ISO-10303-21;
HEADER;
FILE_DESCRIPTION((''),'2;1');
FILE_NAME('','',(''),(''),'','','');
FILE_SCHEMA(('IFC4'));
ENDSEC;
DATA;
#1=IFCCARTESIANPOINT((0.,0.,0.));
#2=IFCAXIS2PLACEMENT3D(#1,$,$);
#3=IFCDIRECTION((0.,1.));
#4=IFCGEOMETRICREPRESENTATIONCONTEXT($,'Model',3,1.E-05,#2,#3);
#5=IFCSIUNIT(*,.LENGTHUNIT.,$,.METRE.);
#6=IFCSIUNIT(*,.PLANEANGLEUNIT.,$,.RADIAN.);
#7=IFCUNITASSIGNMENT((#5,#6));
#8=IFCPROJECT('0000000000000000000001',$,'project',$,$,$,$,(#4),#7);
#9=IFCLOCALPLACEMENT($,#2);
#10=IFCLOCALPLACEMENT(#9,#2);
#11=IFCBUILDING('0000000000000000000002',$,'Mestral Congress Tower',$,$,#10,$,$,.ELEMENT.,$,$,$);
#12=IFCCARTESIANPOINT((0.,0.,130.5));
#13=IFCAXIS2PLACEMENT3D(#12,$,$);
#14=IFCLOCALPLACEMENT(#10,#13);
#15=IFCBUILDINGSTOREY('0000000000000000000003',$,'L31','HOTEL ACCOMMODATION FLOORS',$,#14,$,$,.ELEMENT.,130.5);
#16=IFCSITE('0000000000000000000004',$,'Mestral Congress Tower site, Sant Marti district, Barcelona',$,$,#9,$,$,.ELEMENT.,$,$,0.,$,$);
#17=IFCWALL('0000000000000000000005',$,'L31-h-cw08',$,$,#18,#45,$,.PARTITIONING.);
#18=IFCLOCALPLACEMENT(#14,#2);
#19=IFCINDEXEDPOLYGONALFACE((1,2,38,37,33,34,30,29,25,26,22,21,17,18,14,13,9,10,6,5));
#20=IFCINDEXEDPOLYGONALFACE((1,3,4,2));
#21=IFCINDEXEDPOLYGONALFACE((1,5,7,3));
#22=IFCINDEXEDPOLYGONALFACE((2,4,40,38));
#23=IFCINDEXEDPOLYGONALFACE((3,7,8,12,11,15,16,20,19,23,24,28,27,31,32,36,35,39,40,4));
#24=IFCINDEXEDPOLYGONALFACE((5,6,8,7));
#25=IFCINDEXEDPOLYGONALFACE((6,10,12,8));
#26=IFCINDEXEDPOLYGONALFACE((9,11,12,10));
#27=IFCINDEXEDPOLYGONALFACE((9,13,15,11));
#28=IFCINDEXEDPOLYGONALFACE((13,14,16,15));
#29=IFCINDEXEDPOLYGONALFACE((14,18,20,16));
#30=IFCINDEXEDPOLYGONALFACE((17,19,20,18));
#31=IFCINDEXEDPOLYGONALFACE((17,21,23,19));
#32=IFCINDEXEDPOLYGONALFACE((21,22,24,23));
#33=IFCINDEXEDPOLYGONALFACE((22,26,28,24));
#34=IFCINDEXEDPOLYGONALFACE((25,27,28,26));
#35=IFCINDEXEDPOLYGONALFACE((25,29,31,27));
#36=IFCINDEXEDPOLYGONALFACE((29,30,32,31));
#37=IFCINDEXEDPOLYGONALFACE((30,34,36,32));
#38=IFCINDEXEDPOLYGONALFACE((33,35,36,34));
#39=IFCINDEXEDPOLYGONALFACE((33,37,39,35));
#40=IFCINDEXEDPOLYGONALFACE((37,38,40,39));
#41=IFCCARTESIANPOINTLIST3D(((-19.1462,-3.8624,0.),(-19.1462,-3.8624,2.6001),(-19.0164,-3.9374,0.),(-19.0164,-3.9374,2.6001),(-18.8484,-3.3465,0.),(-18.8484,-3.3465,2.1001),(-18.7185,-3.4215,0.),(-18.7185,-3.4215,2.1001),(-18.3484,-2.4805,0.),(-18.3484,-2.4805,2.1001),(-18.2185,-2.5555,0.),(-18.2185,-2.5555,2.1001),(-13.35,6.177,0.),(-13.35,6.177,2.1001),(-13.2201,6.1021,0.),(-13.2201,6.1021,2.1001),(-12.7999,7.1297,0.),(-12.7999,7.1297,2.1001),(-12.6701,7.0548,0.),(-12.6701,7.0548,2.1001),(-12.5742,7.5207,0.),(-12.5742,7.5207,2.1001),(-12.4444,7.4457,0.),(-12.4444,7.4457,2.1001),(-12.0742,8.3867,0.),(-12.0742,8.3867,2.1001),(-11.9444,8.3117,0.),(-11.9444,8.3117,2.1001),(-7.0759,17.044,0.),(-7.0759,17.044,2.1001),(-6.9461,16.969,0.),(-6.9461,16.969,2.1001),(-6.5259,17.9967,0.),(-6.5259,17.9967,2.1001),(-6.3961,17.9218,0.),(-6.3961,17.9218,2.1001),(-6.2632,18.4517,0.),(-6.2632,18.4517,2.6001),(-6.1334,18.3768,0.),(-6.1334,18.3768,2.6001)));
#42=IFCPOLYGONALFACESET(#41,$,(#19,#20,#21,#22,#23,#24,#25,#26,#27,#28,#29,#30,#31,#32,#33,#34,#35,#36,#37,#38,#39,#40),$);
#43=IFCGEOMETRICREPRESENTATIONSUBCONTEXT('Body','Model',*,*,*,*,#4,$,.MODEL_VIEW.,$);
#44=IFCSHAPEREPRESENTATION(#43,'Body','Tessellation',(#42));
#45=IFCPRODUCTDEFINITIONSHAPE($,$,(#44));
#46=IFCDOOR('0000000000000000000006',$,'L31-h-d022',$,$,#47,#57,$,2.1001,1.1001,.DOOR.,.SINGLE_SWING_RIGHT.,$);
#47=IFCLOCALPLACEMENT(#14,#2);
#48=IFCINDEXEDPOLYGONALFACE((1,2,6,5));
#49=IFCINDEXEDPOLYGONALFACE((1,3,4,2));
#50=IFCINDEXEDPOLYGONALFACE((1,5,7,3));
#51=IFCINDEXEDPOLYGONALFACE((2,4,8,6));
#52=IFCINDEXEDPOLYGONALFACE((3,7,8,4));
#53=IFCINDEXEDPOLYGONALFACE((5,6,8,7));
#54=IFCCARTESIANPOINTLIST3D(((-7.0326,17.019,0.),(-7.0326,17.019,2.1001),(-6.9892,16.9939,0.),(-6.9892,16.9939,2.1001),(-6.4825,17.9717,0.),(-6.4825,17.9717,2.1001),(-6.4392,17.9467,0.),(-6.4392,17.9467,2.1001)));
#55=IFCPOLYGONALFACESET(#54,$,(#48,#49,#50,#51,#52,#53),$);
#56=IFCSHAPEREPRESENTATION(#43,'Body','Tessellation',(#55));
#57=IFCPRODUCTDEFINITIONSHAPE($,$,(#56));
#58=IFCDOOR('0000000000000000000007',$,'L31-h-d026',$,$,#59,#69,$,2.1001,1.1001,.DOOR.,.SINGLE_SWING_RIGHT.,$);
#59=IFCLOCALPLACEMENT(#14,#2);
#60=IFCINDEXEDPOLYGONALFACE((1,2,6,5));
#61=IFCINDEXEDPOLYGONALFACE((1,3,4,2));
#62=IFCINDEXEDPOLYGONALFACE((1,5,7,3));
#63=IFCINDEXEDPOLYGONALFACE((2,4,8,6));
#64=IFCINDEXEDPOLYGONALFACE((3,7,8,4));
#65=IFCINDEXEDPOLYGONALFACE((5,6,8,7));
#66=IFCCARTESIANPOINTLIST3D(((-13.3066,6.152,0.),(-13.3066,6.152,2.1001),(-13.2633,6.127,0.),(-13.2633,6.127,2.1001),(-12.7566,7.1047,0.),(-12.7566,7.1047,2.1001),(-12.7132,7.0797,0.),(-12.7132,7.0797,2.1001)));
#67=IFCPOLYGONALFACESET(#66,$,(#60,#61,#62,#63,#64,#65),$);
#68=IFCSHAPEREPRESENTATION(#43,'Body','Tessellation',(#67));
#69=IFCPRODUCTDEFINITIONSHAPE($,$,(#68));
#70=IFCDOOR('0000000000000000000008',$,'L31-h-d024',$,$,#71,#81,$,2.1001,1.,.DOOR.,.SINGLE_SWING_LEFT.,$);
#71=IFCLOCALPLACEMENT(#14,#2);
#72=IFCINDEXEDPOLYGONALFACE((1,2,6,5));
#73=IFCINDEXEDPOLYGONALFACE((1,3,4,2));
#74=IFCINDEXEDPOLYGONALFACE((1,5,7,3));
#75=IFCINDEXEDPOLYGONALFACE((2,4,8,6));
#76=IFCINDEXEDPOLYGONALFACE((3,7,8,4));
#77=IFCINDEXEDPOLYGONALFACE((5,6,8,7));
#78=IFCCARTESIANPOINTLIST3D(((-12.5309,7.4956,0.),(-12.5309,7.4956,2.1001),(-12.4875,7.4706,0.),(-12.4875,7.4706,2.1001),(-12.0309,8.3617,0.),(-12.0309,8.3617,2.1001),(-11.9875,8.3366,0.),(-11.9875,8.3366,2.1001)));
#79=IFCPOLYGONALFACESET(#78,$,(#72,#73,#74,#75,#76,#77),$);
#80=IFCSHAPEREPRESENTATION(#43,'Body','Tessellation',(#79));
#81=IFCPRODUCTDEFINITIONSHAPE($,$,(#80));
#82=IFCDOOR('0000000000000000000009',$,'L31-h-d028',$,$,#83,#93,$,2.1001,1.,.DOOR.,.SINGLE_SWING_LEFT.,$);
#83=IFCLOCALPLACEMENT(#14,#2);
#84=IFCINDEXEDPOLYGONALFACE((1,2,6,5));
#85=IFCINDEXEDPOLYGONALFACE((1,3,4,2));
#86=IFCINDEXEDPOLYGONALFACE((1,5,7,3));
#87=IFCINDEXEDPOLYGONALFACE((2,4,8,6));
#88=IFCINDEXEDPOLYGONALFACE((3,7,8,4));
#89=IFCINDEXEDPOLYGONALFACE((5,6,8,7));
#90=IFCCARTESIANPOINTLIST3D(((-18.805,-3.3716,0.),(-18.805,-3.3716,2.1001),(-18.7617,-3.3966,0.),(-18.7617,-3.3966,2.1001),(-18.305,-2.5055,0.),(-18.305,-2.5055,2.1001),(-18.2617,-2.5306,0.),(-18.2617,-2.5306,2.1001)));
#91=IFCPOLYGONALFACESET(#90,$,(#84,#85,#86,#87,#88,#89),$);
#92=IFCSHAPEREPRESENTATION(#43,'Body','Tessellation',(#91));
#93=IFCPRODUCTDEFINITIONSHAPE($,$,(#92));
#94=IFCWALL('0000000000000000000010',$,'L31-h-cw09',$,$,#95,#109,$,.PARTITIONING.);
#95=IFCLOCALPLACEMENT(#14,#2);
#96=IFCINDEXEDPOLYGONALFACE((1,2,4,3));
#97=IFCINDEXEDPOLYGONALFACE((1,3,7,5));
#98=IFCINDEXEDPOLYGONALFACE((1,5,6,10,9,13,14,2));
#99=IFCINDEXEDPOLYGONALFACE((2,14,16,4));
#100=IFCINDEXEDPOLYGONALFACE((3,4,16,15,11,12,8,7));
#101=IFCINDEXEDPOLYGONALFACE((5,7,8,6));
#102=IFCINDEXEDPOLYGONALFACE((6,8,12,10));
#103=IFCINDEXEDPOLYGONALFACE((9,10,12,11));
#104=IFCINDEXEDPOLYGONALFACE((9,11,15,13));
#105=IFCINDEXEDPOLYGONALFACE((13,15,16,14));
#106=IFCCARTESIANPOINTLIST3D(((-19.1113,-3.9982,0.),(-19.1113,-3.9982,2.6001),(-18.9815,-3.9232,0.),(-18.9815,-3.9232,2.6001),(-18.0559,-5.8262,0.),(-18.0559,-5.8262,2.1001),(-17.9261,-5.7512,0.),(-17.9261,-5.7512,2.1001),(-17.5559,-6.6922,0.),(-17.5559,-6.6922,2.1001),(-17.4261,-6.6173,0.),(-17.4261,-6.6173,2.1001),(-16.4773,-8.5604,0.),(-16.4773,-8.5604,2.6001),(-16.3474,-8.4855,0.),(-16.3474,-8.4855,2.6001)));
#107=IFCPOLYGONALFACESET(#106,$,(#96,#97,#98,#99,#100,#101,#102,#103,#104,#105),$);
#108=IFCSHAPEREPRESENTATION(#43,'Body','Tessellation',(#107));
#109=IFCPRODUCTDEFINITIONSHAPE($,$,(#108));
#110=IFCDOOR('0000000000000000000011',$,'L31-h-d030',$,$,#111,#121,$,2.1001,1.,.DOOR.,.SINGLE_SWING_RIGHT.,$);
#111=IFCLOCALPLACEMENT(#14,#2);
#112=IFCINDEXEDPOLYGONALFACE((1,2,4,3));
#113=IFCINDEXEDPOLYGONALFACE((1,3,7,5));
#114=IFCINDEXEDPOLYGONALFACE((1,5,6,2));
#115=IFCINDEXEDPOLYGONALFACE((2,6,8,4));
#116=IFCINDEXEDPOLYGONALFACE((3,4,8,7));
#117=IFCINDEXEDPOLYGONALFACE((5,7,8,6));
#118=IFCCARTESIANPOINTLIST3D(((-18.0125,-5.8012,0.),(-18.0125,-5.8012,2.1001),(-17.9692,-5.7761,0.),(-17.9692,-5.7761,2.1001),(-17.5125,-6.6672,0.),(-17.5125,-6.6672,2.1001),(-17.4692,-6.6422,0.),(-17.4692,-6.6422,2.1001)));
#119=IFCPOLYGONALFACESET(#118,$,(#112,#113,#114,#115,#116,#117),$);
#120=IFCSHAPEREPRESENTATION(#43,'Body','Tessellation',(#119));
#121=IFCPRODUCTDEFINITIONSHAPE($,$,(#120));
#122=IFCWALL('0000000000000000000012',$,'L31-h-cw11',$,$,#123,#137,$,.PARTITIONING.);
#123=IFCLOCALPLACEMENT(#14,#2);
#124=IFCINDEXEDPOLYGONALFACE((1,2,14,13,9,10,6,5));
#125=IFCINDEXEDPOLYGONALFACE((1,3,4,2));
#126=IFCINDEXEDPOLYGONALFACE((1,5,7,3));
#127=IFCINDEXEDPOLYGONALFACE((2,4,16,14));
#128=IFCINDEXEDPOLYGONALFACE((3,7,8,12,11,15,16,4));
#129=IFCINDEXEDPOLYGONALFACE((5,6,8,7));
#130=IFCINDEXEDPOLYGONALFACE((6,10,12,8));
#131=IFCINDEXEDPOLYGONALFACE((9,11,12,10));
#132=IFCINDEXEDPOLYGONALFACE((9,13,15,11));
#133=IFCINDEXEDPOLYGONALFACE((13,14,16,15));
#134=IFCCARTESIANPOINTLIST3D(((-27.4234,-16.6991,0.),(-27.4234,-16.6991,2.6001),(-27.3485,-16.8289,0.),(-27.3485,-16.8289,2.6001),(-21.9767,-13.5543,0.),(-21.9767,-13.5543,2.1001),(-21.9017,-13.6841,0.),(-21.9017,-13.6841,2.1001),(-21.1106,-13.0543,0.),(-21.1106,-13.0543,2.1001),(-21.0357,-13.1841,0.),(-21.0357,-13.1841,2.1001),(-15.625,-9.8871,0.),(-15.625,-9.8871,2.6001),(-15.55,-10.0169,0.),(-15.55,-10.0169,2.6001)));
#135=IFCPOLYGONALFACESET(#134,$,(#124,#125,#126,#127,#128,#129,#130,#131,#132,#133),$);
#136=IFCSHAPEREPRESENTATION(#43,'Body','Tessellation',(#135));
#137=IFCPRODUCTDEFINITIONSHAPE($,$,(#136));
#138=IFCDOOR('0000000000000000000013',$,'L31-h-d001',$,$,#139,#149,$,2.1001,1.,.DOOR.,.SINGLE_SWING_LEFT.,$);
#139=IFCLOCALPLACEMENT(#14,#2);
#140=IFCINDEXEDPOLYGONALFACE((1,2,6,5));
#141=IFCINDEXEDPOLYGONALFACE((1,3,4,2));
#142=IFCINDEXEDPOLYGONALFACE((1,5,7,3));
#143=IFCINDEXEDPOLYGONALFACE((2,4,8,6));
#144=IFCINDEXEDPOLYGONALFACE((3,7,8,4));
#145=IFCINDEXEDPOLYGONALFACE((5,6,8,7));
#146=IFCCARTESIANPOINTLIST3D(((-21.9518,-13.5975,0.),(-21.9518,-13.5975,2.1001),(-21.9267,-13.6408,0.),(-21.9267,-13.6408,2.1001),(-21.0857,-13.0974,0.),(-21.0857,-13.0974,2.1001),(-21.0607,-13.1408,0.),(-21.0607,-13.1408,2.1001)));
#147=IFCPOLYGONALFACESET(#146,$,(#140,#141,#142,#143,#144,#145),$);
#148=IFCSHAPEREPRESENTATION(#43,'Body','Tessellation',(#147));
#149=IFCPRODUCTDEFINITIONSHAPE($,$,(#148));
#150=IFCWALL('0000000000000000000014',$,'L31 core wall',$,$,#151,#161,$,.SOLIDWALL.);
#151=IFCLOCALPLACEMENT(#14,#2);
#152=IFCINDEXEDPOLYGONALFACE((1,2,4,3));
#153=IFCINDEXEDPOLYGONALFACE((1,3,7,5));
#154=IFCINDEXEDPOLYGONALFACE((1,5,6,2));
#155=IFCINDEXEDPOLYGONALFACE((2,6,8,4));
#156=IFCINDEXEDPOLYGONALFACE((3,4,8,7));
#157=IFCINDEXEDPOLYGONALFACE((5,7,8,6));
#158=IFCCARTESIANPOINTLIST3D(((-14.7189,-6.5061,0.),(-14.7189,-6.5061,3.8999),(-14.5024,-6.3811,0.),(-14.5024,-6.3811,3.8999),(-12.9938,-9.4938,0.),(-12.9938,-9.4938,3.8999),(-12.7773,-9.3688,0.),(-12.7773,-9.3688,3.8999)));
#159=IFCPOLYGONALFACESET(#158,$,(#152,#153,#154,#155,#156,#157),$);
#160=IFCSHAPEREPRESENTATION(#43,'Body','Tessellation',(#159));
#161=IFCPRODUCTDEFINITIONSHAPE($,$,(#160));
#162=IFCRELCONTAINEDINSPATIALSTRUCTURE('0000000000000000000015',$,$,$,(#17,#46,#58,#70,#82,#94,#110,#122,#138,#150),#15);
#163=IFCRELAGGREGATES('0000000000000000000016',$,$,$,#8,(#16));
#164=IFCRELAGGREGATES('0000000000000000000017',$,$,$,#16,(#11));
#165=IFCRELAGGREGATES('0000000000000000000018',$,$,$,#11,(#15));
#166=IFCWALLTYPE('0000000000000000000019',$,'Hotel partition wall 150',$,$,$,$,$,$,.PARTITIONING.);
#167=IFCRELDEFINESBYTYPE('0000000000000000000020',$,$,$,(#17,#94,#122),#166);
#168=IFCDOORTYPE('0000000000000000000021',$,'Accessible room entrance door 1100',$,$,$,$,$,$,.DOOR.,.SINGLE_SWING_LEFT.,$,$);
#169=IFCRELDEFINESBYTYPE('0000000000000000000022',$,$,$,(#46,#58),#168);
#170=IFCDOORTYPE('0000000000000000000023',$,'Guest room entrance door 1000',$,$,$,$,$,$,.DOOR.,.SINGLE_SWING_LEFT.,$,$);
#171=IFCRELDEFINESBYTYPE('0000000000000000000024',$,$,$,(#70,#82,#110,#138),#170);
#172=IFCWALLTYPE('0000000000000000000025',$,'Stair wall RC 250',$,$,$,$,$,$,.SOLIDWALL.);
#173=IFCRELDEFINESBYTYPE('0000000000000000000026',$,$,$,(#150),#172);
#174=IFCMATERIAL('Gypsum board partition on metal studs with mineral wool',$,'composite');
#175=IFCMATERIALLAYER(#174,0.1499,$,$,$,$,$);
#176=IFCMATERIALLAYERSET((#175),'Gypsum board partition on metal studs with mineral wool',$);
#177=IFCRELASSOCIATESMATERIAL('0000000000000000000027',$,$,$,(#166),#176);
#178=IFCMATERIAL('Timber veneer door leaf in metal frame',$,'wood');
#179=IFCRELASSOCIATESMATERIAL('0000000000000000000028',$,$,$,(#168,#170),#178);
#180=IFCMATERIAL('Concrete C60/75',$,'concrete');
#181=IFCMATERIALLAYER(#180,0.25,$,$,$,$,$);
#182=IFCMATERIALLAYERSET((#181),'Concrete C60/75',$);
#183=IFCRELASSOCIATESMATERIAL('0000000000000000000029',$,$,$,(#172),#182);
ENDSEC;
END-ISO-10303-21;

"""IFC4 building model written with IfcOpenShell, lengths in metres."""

from ifc_helpers import new_model, si_unit, direction, frame, frame_2d, origin, place, context, subcontext, project, spatial, rectangle, extrude, material, layer, layer_set, type_object, element, fill, save


model = new_model("IFC4")

# Units and contexts
model_context = context("Model", 3, precision=1e-05, world=origin(), true_north=direction((0.0, 1.0)))
body_context = subcontext(model_context, "Body", "Model", "MODEL_VIEW")
ifc_project = project(units=[si_unit("LENGTHUNIT", "METRE"), si_unit("PLANEANGLEUNIT", "RADIAN")], contexts=[model_context])

# Site, building, storey
site_placement = place(None, origin())
site = spatial("IfcSite", under=ifc_project, at=site_placement, Name="Mestral Congress Tower site, Sant Marti district, Barcelona", CompositionType="ELEMENT", RefElevation=0.0)
building_placement = place(site_placement, origin())
building = spatial("IfcBuilding", under=site, at=building_placement, Name="Mestral Congress Tower", CompositionType="ELEMENT")
storey_placement = place(building_placement, frame((0.0, 0.0, 130.5)))
storey = spatial("IfcBuildingStorey", under=building, at=storey_placement, Name="L31", Description="HOTEL ACCOMMODATION FLOORS", CompositionType="ELEMENT", Elevation=130.5)

# Shared definitions
ifc_material_1 = material(Name="Concrete C60/75", Category="concrete")

# Shared definitions
ifc_material_2 = material(Name="Gypsum board partition on metal studs with mineral wool", Category="composite")

# Wall, openings, doors
ifc_layer_1 = layer(ifc_material_2, 0.1499)
ifc_layer_set_1 = layer_set([ifc_layer_1], Name="Gypsum board partition on metal studs with mineral wool")
wall_type_1 = type_object("IfcWallType", Name="Hotel partition wall 150", PredefinedType="PARTITIONING", material=ifc_layer_set_1)
wall_1_placement = place(storey_placement, frame((-19.0813, -3.8999, 0.0), z_axis=(0.0, 0.0, 1.0), x_axis=(0.499998, 0.866026, 0.0)))
wall_1 = element("IfcWall", 1, at=wall_1_placement, inside=storey, type_object=wall_type_1, Name="L31-h-cw08", PredefinedType="PARTITIONING", context=body_context, shape_type="SweptSolid", body=[
    extrude(rectangle(XDim=25.7661, YDim=0.1499, at=frame_2d((12.8831, 0.0))), origin(), (0.0, 0.0, 1.0), 2.6001),
])
opening_1_placement = place(wall_1_placement, frame((24.1406, 0.0, 0.0)))
opening_1 = element("IfcOpeningElement", 2, at=opening_1_placement, cuts=wall_1, PredefinedType="OPENING", context=body_context, shape_type="SweptSolid", body=[
    extrude(rectangle(XDim=1.1001, YDim=2.1001, at=frame_2d((0.55, 1.05))), frame((0.0, 0.085, 0.0), z_axis=(0.0, -1.0, 0.0), x_axis=(1.0, 0.0, 0.0)), (0.0, 0.0, 1.0), 0.1699),
])
opening_2_placement = place(wall_1_placement, frame((13.144, 0.0, 0.0)))
opening_2 = element("IfcOpeningElement", 3, at=opening_2_placement, cuts=wall_1, PredefinedType="OPENING", context=body_context, shape_type="SweptSolid", body=[
    extrude(rectangle(XDim=1.0, YDim=2.1001, at=frame_2d((0.5, 1.05))), frame((0.0, 0.085, 0.0), z_axis=(0.0, -1.0, 0.0), x_axis=(1.0, 0.0, 0.0)), (0.0, 0.0, 1.0), 0.1699),
])
opening_3_placement = place(wall_1_placement, frame((11.5925, 0.0, 0.0)))
opening_3 = element("IfcOpeningElement", 4, at=opening_3_placement, cuts=wall_1, PredefinedType="OPENING", context=body_context, shape_type="SweptSolid", body=[
    extrude(rectangle(XDim=1.1001, YDim=2.1001, at=frame_2d((0.55, 1.05))), frame((0.0, 0.085, 0.0), z_axis=(0.0, -1.0, 0.0), x_axis=(1.0, 0.0, 0.0)), (0.0, 0.0, 1.0), 0.1699),
])
opening_4_placement = place(wall_1_placement, frame((0.5957, 0.0, 0.0)))
opening_4 = element("IfcOpeningElement", 5, at=opening_4_placement, cuts=wall_1, PredefinedType="OPENING", context=body_context, shape_type="SweptSolid", body=[
    extrude(rectangle(XDim=1.0, YDim=2.1001, at=frame_2d((0.5, 1.05))), frame((0.0, 0.085, 0.0), z_axis=(0.0, -1.0, 0.0), x_axis=(1.0, 0.0, 0.0)), (0.0, 0.0, 1.0), 0.1699),
])
ifc_material_3 = material(Name="Timber veneer door leaf in metal frame", Category="wood")
door_type_1 = type_object("IfcDoorType", Name="Accessible room entrance door 1100", OperationType="SINGLE_SWING_LEFT", PredefinedType="DOOR", material=ifc_material_3)
door_1_placement = place(opening_1_placement, origin())
door_1 = element("IfcDoor", 6, at=door_1_placement, inside=storey, type_object=door_type_1, Name="L31-h-d022", OperationType="SINGLE_SWING_RIGHT", OverallHeight=2.1001, OverallWidth=1.1001, PredefinedType="DOOR", context=body_context, shape_type="SweptSolid", body=[
    extrude(rectangle(XDim=1.1001, YDim=2.1001, at=frame_2d((0.55, 1.05))), frame((0.0, 0.0249, 0.0), z_axis=(0.0, -1.0, 0.0), x_axis=(1.0, 0.0, 0.0)), (0.0, 0.0, 1.0), 0.05),
])
fill(opening_1, door_1)
door_2_placement = place(opening_3_placement, origin())
door_2 = element("IfcDoor", 7, at=door_2_placement, inside=storey, type_object=door_type_1, Name="L31-h-d026", OperationType="SINGLE_SWING_RIGHT", OverallHeight=2.1001, OverallWidth=1.1001, PredefinedType="DOOR", context=body_context, shape_type="SweptSolid", body=[
    extrude(rectangle(XDim=1.1001, YDim=2.1001, at=frame_2d((0.55, 1.05))), frame((0.0, 0.0249, 0.0), z_axis=(0.0, -1.0, 0.0), x_axis=(1.0, 0.0, 0.0)), (0.0, 0.0, 1.0), 0.05),
])
fill(opening_3, door_2)
door_type_2 = type_object("IfcDoorType", Name="Guest room entrance door 1000", OperationType="SINGLE_SWING_LEFT", PredefinedType="DOOR", material=ifc_material_3)
door_3_placement = place(opening_2_placement, origin())
door_3 = element("IfcDoor", 8, at=door_3_placement, inside=storey, type_object=door_type_2, Name="L31-h-d024", OperationType="SINGLE_SWING_LEFT", OverallHeight=2.1001, OverallWidth=1.0, PredefinedType="DOOR", context=body_context, shape_type="SweptSolid", body=[
    extrude(rectangle(XDim=1.0, YDim=2.1001, at=frame_2d((0.5, 1.05))), frame((0.0, 0.0249, 0.0), z_axis=(0.0, -1.0, 0.0), x_axis=(1.0, 0.0, 0.0)), (0.0, 0.0, 1.0), 0.05),
])
fill(opening_2, door_3)
door_4_placement = place(opening_4_placement, origin())
door_4 = element("IfcDoor", 9, at=door_4_placement, inside=storey, type_object=door_type_2, Name="L31-h-d028", OperationType="SINGLE_SWING_LEFT", OverallHeight=2.1001, OverallWidth=1.0, PredefinedType="DOOR", context=body_context, shape_type="SweptSolid", body=[
    extrude(rectangle(XDim=1.0, YDim=2.1001, at=frame_2d((0.5, 1.05))), frame((0.0, 0.0249, 0.0), z_axis=(0.0, -1.0, 0.0), x_axis=(1.0, 0.0, 0.0)), (0.0, 0.0, 1.0), 0.05),
])
fill(opening_4, door_4)

# Walls, openings, doors
wall_2_placement = place(storey_placement, frame((-16.4124, -8.5229, 0.0), z_axis=(0.0, 0.0, 1.0), x_axis=(-0.500002, 0.866024, 0.0)))
wall_2 = element("IfcWall", 10, at=wall_2_placement, inside=storey, type_object=wall_type_1, Name="L31-h-cw09", PredefinedType="PARTITIONING", context=body_context, shape_type="SweptSolid", body=[
    extrude(rectangle(XDim=5.2681, YDim=0.1499, at=frame_2d((2.634, 0.0))), origin(), (0.0, 0.0, 1.0), 2.6001),
])
opening_5_placement = place(wall_2_placement, frame((2.1572, 0.0, 0.0)))
opening_5 = element("IfcOpeningElement", 11, at=opening_5_placement, cuts=wall_2, PredefinedType="OPENING", context=body_context, shape_type="SweptSolid", body=[
    extrude(rectangle(XDim=1.0, YDim=2.1001, at=frame_2d((0.5, 1.05))), frame((0.0, 0.085, 0.0), z_axis=(0.0, -1.0, 0.0), x_axis=(1.0, 0.0, 0.0)), (0.0, 0.0, 1.0), 0.1699),
])
door_5_placement = place(opening_5_placement, origin())
door_5 = element("IfcDoor", 12, at=door_5_placement, inside=storey, type_object=door_type_2, Name="L31-h-d030", OperationType="SINGLE_SWING_RIGHT", OverallHeight=2.1001, OverallWidth=1.0, PredefinedType="DOOR", context=body_context, shape_type="SweptSolid", body=[
    extrude(rectangle(XDim=1.0, YDim=2.1001, at=frame_2d((0.5, 1.05))), frame((0.0, 0.0249, 0.0), z_axis=(0.0, -1.0, 0.0), x_axis=(1.0, 0.0, 0.0)), (0.0, 0.0, 1.0), 0.05),
])
fill(opening_5, door_5)
wall_3_placement = place(storey_placement, frame((-15.5874, -9.9519, 0.0), z_axis=(0.0, 0.0, 1.0), x_axis=(-0.866018, -0.500013, 0.0)))
wall_3 = element("IfcWall", 13, at=wall_3_placement, inside=storey, type_object=wall_type_1, Name="L31-h-cw11", PredefinedType="PARTITIONING", context=body_context, shape_type="SweptSolid", body=[
    extrude(rectangle(XDim=13.6238, YDim=0.1499, at=frame_2d((6.812, 0.0))), origin(), (0.0, 0.0, 1.0), 2.6001),
])
opening_6_placement = place(wall_3_placement, frame((6.3345, 0.0, 0.0)))
opening_6 = element("IfcOpeningElement", 14, at=opening_6_placement, cuts=wall_3, PredefinedType="OPENING", context=body_context, shape_type="SweptSolid", body=[
    extrude(rectangle(XDim=1.0, YDim=2.1001, at=frame_2d((0.5, 1.05))), frame((0.0, 0.085, 0.0), z_axis=(0.0, -1.0, 0.0), x_axis=(1.0, 0.0, 0.0)), (0.0, 0.0, 1.0), 0.1699),
])
door_6_placement = place(opening_6_placement, origin())
door_6 = element("IfcDoor", 15, at=door_6_placement, inside=storey, type_object=door_type_2, Name="L31-h-d001", OperationType="SINGLE_SWING_LEFT", OverallHeight=2.1001, OverallWidth=1.0, PredefinedType="DOOR", context=body_context, shape_type="SweptSolid", body=[
    extrude(rectangle(XDim=1.0, YDim=2.1001, at=frame_2d((0.5, 1.05))), frame((0.0, 0.0249, 0.0), z_axis=(0.0, -1.0, 0.0), x_axis=(1.0, 0.0, 0.0)), (0.0, 0.0, 1.0), 0.05),
])
fill(opening_6, door_6)

# Wall
ifc_layer_2 = layer(ifc_material_1, 0.25)
ifc_layer_set_2 = layer_set([ifc_layer_2], Name="Concrete C60/75")
wall_type_2 = type_object("IfcWallType", Name="Stair wall RC 250", PredefinedType="SOLIDWALL", material=ifc_layer_set_2)
wall_4_placement = place(storey_placement, frame((-12.8855, -9.4314, 0.0), z_axis=(0.0, 0.0, 1.0), x_axis=(-0.500021, 0.866014, 0.0)))
element("IfcWall", 16, at=wall_4_placement, inside=storey, type_object=wall_type_2, Name="L31 core wall", PredefinedType="SOLIDWALL", context=body_context, shape_type="SweptSolid", body=[
    extrude(rectangle(XDim=3.45, YDim=0.25, at=frame_2d((1.7251, 0.0))), origin(), (0.0, 0.0, 1.0), 3.8999),
])

save(model, "model.ifc")
